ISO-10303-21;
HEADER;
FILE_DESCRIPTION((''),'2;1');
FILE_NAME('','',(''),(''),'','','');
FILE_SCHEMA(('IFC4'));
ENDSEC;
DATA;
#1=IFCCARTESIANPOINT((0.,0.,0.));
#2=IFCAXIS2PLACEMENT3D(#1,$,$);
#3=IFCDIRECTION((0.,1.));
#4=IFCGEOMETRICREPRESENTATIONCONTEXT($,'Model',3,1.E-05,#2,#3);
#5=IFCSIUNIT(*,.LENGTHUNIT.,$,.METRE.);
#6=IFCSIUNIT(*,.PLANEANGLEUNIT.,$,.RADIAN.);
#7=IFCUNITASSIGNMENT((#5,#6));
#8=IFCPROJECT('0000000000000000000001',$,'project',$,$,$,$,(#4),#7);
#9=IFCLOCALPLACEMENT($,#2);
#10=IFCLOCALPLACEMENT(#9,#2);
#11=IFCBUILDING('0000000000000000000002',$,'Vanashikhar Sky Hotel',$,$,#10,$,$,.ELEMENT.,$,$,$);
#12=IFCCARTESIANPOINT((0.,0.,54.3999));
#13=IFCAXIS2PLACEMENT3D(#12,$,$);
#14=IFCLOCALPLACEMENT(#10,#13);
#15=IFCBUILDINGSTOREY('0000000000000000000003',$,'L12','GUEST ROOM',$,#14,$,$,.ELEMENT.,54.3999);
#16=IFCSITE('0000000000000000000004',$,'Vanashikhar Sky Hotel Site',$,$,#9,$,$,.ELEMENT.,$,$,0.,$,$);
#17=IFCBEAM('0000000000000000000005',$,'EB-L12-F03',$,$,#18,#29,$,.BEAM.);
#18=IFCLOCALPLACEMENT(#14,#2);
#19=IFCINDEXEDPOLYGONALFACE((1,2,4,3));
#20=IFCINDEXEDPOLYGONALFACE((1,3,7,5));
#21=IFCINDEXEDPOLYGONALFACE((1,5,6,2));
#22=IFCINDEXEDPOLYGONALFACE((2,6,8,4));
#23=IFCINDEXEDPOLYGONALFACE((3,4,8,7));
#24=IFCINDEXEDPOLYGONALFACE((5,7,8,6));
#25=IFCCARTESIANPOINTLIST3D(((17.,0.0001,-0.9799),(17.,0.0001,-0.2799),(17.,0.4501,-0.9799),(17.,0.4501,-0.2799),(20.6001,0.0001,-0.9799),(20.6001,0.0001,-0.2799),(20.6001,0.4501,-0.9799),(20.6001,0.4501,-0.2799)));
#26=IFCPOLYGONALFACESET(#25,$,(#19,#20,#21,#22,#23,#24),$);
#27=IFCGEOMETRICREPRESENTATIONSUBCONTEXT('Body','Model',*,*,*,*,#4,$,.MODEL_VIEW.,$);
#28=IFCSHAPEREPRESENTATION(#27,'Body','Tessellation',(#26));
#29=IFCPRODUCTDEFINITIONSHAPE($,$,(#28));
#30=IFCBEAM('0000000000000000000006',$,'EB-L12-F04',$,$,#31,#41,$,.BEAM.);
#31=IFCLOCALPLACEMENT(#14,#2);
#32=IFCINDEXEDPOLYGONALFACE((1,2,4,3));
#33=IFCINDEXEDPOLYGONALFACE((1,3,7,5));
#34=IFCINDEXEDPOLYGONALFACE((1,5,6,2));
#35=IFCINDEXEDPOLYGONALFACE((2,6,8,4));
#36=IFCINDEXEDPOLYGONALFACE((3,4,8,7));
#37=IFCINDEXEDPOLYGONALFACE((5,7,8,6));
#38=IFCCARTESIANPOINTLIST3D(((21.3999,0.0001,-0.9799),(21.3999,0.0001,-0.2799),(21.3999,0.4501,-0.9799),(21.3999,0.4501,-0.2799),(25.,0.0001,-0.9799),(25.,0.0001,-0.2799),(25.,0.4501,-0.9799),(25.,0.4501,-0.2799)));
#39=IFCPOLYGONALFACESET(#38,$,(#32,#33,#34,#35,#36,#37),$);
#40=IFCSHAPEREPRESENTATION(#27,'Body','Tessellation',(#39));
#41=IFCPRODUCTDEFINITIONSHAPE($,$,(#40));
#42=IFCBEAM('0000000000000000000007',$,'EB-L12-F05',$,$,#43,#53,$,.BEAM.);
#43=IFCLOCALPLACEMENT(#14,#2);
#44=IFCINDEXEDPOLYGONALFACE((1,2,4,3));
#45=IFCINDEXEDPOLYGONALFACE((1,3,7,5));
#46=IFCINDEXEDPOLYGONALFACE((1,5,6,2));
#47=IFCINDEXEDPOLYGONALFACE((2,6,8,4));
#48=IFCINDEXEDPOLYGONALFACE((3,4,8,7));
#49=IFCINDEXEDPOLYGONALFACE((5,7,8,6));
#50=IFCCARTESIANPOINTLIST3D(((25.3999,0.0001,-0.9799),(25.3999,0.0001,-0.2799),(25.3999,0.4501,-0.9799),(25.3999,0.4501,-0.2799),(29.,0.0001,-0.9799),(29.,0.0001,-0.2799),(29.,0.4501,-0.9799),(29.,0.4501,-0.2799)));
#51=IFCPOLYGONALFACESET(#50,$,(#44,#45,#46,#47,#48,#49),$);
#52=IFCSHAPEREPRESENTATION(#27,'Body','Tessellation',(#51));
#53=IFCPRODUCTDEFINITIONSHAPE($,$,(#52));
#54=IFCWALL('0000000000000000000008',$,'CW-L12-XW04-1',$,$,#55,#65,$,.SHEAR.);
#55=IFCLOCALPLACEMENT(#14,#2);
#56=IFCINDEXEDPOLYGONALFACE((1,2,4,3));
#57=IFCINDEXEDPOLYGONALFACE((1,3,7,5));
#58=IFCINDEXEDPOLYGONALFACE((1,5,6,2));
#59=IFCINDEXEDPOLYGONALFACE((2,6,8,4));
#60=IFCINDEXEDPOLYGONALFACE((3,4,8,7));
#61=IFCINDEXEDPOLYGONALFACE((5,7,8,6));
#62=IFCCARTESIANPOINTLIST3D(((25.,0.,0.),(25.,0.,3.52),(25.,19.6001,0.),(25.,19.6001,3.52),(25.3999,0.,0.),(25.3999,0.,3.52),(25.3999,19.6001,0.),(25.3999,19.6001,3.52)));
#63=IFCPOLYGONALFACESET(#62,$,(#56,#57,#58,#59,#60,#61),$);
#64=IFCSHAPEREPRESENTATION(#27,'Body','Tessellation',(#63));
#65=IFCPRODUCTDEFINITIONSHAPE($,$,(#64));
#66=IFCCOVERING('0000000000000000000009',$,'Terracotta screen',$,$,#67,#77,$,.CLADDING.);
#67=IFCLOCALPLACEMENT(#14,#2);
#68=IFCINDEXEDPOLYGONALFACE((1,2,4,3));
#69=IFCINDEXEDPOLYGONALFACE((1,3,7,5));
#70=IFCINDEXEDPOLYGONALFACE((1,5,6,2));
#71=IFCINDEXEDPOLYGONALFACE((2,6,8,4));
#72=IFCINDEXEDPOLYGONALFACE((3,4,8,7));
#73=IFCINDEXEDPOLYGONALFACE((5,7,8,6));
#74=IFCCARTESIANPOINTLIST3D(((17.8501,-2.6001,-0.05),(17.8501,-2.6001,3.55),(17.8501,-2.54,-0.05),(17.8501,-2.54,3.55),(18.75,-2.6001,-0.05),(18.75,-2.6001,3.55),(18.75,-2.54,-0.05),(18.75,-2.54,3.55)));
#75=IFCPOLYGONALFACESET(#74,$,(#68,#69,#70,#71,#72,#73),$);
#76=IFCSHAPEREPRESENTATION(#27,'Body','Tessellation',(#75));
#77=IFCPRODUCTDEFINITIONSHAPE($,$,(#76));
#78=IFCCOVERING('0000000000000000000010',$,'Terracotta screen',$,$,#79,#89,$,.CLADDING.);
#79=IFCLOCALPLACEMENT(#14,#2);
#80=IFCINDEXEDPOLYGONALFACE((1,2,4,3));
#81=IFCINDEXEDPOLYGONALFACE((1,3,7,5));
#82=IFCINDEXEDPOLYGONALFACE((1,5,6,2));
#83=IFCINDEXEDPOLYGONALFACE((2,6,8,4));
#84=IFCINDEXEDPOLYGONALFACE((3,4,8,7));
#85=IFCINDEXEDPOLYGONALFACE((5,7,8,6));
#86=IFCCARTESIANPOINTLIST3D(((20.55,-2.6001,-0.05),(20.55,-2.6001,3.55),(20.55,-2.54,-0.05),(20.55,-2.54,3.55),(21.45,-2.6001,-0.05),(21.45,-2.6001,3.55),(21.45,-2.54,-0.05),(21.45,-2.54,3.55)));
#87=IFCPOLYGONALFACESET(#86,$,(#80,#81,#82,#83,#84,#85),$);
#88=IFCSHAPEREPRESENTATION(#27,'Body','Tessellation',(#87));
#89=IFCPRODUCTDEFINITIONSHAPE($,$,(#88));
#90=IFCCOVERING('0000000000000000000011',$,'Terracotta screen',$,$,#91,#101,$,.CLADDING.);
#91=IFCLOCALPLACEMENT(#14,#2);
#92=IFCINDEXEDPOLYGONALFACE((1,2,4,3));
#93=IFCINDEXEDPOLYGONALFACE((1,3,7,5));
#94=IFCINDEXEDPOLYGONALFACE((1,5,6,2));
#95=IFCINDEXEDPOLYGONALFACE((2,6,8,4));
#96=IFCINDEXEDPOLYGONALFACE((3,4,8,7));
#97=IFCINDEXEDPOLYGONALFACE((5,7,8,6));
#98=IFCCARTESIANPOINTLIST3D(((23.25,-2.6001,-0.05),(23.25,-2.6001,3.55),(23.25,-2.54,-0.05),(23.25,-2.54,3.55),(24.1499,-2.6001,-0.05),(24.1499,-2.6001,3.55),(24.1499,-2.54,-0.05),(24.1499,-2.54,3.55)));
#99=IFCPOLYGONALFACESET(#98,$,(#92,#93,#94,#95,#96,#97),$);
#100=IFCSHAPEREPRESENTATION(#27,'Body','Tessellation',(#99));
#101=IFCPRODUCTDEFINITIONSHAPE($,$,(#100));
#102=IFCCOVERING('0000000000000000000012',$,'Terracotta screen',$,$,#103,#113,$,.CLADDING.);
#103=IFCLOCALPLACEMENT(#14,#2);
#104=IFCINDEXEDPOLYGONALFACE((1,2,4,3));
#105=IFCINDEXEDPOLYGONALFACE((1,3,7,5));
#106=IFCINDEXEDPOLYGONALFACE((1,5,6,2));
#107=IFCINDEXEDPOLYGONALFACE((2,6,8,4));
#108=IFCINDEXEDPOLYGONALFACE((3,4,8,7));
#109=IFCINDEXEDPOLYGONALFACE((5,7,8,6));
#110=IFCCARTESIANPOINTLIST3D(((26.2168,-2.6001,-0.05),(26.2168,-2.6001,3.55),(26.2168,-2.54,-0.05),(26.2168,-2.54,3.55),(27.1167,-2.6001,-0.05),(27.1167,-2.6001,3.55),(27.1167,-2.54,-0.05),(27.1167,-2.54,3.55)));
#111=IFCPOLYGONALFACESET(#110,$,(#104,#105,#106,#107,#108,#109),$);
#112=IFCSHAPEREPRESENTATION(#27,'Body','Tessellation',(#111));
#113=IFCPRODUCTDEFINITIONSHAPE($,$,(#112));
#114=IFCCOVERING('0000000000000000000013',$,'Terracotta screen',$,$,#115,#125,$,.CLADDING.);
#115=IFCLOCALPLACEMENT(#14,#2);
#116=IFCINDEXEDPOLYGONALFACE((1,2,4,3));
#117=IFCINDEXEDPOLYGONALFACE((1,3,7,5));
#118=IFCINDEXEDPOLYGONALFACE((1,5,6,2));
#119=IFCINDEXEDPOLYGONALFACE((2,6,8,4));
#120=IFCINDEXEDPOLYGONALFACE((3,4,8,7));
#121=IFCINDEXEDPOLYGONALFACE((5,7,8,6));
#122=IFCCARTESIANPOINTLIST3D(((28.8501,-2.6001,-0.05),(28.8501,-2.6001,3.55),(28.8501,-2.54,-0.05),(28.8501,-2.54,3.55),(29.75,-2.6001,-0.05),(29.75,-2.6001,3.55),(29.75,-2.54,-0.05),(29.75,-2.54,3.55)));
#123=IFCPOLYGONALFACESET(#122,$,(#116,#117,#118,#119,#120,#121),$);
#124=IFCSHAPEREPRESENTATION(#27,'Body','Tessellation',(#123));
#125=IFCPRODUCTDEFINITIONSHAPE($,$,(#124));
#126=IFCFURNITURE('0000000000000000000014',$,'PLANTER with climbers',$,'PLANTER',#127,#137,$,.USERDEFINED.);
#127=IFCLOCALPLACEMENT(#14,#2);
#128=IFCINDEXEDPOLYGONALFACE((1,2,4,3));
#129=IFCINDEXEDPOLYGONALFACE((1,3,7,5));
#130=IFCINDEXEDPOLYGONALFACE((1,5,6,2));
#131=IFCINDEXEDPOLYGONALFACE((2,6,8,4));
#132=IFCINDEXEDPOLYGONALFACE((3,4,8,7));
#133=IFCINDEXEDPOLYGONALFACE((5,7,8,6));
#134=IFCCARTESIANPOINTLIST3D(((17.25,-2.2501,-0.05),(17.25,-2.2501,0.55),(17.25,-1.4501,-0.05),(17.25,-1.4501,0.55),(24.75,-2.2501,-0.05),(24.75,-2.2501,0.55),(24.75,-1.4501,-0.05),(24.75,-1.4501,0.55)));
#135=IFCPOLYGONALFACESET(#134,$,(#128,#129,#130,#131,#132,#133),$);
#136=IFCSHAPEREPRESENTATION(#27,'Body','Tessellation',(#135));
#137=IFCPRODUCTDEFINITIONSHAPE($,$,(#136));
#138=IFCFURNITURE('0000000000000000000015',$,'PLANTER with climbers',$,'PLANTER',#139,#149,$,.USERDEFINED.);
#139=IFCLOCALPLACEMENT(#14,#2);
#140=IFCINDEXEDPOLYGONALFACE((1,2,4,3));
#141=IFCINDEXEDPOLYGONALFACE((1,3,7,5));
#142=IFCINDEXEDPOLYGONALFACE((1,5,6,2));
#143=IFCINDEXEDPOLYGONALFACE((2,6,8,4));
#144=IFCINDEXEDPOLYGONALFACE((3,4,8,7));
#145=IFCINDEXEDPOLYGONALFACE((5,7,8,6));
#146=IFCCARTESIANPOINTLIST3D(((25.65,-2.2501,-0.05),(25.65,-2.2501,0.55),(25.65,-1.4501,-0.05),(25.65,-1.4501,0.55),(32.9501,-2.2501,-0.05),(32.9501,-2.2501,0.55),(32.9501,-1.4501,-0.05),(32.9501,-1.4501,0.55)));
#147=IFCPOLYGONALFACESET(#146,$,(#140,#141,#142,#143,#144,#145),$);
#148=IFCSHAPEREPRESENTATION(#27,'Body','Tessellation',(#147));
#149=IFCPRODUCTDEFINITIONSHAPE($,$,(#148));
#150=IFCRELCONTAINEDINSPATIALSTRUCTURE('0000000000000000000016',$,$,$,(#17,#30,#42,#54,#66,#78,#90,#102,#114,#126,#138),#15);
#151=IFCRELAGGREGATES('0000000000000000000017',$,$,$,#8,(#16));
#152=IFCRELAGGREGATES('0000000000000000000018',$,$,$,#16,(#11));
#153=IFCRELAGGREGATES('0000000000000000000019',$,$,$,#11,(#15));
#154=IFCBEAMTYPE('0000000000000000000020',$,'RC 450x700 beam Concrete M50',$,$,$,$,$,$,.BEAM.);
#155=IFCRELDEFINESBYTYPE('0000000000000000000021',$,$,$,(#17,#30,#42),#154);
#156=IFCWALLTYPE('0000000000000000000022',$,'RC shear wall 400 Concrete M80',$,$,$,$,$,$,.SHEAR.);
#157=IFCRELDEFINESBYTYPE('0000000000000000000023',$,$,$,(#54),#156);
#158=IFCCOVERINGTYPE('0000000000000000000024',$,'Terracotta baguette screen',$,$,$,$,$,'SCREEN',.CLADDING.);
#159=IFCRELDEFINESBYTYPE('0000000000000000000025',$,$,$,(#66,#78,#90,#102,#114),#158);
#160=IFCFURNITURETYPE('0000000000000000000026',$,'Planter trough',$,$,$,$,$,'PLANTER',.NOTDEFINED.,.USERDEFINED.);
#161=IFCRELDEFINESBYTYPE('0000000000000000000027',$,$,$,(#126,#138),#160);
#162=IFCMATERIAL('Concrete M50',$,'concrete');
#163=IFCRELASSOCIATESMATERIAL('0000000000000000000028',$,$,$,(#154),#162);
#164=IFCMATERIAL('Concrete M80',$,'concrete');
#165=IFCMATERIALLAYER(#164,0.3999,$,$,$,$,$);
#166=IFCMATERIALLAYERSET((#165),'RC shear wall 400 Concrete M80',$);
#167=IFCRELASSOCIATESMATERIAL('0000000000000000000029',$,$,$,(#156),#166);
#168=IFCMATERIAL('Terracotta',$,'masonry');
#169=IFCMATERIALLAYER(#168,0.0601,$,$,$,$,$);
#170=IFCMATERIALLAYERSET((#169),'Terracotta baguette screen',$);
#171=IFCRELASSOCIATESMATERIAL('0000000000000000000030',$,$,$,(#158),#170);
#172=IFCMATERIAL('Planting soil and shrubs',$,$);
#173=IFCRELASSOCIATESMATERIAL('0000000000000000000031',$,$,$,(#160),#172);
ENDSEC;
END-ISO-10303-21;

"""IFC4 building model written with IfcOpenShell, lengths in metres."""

from ifc_helpers import new_model, si_unit, direction, frame, frame_2d, origin, origin_2d, place, context, subcontext, project, spatial, rectangle, extrude, source, transform, mapped, material, layer, layer_set, material_profile, profile_set, type_object, element, save


model = new_model("IFC4")

# Units and contexts
model_context = context("Model", 3, precision=1e-05, world=origin(), true_north=direction((0.0, 1.0)))
body_context = subcontext(model_context, "Body", "Model", "MODEL_VIEW")
ifc_project = project(units=[si_unit("LENGTHUNIT", "METRE"), si_unit("PLANEANGLEUNIT", "RADIAN")], contexts=[model_context])

# Site, building, storey
site_placement = place(None, origin())
site = spatial("IfcSite", under=ifc_project, at=site_placement, Name="Vanashikhar Sky Hotel Site", CompositionType="ELEMENT", RefElevation=0.0)
building_placement = place(site_placement, origin())
building = spatial("IfcBuilding", under=site, at=building_placement, Name="Vanashikhar Sky Hotel", CompositionType="ELEMENT")
storey_placement = place(building_placement, frame((0.0, 0.0, 54.3999)))
storey = spatial("IfcBuildingStorey", under=building, at=storey_placement, Name="L12", Description="GUEST ROOM", CompositionType="ELEMENT", Elevation=54.3999)

# Beams
ifc_material_1 = material(Name="Concrete M50", Category="concrete")
ifc_material_profile = material_profile(ifc_material_1, rectangle(XDim=0.45, YDim=0.7, at=origin_2d()))
ifc_profile_set = profile_set([ifc_material_profile], Name="RC 450x700 beam Concrete M50")
beam_type = type_object("IfcBeamType", Name="RC 450x700 beam Concrete M50", PredefinedType="BEAM", material=ifc_profile_set)
shared_shape_1 = source(origin(), body_context, "Body", "SweptSolid", [
    extrude(rectangle(XDim=0.45, YDim=0.7, at=origin_2d()), origin(), (0.0, 0.0, 1.0), 3.6001),
])
for number, where, z_axis, x_axis, name in (
    (1, (17.0, 0.2251, -0.6299), (1.0, 0.0, 0.0), (0.0, 1.0, 0.0), "EB-L12-F03"),
    (2, (21.3999, 0.2251, -0.6299), (1.0, 0.0, 0.0), (0.0, 1.0, 0.0), "EB-L12-F04"),
    (3, (25.3999, 0.2251, -0.6299), (1.0, 0.0, 0.0), (0.0, 1.0, 0.0), "EB-L12-F05"),
):
    element("IfcBeam", number, at=place(storey_placement, frame(where, z_axis=z_axis, x_axis=x_axis)), inside=storey, type_object=beam_type, Name=name, PredefinedType="BEAM", context=body_context, shape_type="MappedRepresentation", body=[
        mapped(shared_shape_1, transform((0.0, 0.0, 0.0), scale=1.0)),
    ])

# Wall
ifc_material_2 = material(Name="Concrete M80", Category="concrete")
ifc_layer_1 = layer(ifc_material_2, 0.3999)
ifc_layer_set_1 = layer_set([ifc_layer_1], Name="RC shear wall 400 Concrete M80")
wall_type_1 = type_object("IfcWallType", Name="RC shear wall 400 Concrete M80", PredefinedType="SHEAR", material=ifc_layer_set_1)
shared_shape_2 = source(origin(), body_context, "Body", "SweptSolid", [
    extrude(rectangle(XDim=19.6001, YDim=0.3999, at=frame_2d((9.8, 0.0))), origin(), (0.0, 0.0, 1.0), 3.52),
])
wall_1_placement = place(storey_placement, frame((25.2, 0.0, 0.0), z_axis=(0.0, 0.0, 1.0), x_axis=(0.0, 1.0, 0.0)))
element("IfcWall", 4, at=wall_1_placement, inside=storey, type_object=wall_type_1, Name="CW-L12-XW04-1", PredefinedType="SHEAR", context=body_context, shape_type="MappedRepresentation", body=[
    mapped(shared_shape_2, transform((0.0, 0.0, 0.0), scale=1.0)),
])

# Coverings
ifc_material_3 = material(Name="Terracotta", Category="masonry")
ifc_layer_2 = layer(ifc_material_3, 0.0601)
ifc_layer_set_2 = layer_set([ifc_layer_2], Name="Terracotta baguette screen")
covering_type = type_object("IfcCoveringType", Name="Terracotta baguette screen", ElementType="SCREEN", PredefinedType="CLADDING", material=ifc_layer_set_2)
shared_shape_3 = source(origin(), body_context, "Body", "SweptSolid", [
    extrude(rectangle(XDim=0.8999, YDim=0.0601, at=origin_2d()), origin(), (0.0, 0.0, 1.0), 3.6001),
])
for number, where, z_axis, x_axis, name in (
    (5, (18.3, -2.5701, -0.05), (0.0, 0.0, 1.0), (1.0, 0.0, 0.0), "Terracotta screen"),
    (6, (21.0, -2.5701, -0.05), (0.0, 0.0, 1.0), (1.0, 0.0, 0.0), "Terracotta screen"),
    (7, (23.7, -2.5701, -0.05), (0.0, 0.0, 1.0), (1.0, 0.0, 0.0), "Terracotta screen"),
    (8, (26.6667, -2.5701, -0.05), (0.0, 0.0, 1.0), (1.0, 0.0, 0.0), "Terracotta screen"),
    (9, (29.3, -2.5701, -0.05), (0.0, 0.0, 1.0), (1.0, 0.0, 0.0), "Terracotta screen"),
):
    element("IfcCovering", number, at=place(storey_placement, frame(where, z_axis=z_axis, x_axis=x_axis)), inside=storey, type_object=covering_type, Name=name, PredefinedType="CLADDING", context=body_context, shape_type="MappedRepresentation", body=[
        mapped(shared_shape_3, transform((0.0, 0.0, 0.0), scale=1.0)),
    ])

# Furniture
ifc_material_4 = material(Name="Planting soil and shrubs")
furniture_type = type_object("IfcFurnitureType", Name="Planter trough", ElementType="PLANTER", AssemblyPlace="NOTDEFINED", PredefinedType="USERDEFINED", material=ifc_material_4)
shared_shape_4 = source(origin(), body_context, "Body", "SweptSolid", [
    extrude(rectangle(XDim=7.5, YDim=0.8, at=origin_2d()), origin(), (0.0, 0.0, 1.0), 0.6001),
])
furniture_1_placement = place(storey_placement, frame((21.0, -1.8501, -0.05), z_axis=(0.0, 0.0, 1.0), x_axis=(1.0, 0.0, 0.0)))
element("IfcFurniture", 10, at=furniture_1_placement, inside=storey, type_object=furniture_type, Name="PLANTER with climbers", ObjectType="PLANTER", PredefinedType="USERDEFINED", context=body_context, shape_type="MappedRepresentation", body=[
    mapped(shared_shape_4, transform((0.0, 0.0, 0.0), scale=1.0)),
])
shared_shape_5 = source(origin(), body_context, "Body", "SweptSolid", [
    extrude(rectangle(XDim=7.3, YDim=0.8, at=origin_2d()), origin(), (0.0, 0.0, 1.0), 0.6001),
])
furniture_2_placement = place(storey_placement, frame((29.3, -1.8501, -0.05), z_axis=(0.0, 0.0, 1.0), x_axis=(1.0, 0.0, 0.0)))
element("IfcFurniture", 11, at=furniture_2_placement, inside=storey, type_object=furniture_type, Name="PLANTER with climbers", ObjectType="PLANTER", PredefinedType="USERDEFINED", context=body_context, shape_type="MappedRepresentation", body=[
    mapped(shared_shape_5, transform((0.0, 0.0, 0.0), scale=1.0)),
])

save(model, "model.ifc")
